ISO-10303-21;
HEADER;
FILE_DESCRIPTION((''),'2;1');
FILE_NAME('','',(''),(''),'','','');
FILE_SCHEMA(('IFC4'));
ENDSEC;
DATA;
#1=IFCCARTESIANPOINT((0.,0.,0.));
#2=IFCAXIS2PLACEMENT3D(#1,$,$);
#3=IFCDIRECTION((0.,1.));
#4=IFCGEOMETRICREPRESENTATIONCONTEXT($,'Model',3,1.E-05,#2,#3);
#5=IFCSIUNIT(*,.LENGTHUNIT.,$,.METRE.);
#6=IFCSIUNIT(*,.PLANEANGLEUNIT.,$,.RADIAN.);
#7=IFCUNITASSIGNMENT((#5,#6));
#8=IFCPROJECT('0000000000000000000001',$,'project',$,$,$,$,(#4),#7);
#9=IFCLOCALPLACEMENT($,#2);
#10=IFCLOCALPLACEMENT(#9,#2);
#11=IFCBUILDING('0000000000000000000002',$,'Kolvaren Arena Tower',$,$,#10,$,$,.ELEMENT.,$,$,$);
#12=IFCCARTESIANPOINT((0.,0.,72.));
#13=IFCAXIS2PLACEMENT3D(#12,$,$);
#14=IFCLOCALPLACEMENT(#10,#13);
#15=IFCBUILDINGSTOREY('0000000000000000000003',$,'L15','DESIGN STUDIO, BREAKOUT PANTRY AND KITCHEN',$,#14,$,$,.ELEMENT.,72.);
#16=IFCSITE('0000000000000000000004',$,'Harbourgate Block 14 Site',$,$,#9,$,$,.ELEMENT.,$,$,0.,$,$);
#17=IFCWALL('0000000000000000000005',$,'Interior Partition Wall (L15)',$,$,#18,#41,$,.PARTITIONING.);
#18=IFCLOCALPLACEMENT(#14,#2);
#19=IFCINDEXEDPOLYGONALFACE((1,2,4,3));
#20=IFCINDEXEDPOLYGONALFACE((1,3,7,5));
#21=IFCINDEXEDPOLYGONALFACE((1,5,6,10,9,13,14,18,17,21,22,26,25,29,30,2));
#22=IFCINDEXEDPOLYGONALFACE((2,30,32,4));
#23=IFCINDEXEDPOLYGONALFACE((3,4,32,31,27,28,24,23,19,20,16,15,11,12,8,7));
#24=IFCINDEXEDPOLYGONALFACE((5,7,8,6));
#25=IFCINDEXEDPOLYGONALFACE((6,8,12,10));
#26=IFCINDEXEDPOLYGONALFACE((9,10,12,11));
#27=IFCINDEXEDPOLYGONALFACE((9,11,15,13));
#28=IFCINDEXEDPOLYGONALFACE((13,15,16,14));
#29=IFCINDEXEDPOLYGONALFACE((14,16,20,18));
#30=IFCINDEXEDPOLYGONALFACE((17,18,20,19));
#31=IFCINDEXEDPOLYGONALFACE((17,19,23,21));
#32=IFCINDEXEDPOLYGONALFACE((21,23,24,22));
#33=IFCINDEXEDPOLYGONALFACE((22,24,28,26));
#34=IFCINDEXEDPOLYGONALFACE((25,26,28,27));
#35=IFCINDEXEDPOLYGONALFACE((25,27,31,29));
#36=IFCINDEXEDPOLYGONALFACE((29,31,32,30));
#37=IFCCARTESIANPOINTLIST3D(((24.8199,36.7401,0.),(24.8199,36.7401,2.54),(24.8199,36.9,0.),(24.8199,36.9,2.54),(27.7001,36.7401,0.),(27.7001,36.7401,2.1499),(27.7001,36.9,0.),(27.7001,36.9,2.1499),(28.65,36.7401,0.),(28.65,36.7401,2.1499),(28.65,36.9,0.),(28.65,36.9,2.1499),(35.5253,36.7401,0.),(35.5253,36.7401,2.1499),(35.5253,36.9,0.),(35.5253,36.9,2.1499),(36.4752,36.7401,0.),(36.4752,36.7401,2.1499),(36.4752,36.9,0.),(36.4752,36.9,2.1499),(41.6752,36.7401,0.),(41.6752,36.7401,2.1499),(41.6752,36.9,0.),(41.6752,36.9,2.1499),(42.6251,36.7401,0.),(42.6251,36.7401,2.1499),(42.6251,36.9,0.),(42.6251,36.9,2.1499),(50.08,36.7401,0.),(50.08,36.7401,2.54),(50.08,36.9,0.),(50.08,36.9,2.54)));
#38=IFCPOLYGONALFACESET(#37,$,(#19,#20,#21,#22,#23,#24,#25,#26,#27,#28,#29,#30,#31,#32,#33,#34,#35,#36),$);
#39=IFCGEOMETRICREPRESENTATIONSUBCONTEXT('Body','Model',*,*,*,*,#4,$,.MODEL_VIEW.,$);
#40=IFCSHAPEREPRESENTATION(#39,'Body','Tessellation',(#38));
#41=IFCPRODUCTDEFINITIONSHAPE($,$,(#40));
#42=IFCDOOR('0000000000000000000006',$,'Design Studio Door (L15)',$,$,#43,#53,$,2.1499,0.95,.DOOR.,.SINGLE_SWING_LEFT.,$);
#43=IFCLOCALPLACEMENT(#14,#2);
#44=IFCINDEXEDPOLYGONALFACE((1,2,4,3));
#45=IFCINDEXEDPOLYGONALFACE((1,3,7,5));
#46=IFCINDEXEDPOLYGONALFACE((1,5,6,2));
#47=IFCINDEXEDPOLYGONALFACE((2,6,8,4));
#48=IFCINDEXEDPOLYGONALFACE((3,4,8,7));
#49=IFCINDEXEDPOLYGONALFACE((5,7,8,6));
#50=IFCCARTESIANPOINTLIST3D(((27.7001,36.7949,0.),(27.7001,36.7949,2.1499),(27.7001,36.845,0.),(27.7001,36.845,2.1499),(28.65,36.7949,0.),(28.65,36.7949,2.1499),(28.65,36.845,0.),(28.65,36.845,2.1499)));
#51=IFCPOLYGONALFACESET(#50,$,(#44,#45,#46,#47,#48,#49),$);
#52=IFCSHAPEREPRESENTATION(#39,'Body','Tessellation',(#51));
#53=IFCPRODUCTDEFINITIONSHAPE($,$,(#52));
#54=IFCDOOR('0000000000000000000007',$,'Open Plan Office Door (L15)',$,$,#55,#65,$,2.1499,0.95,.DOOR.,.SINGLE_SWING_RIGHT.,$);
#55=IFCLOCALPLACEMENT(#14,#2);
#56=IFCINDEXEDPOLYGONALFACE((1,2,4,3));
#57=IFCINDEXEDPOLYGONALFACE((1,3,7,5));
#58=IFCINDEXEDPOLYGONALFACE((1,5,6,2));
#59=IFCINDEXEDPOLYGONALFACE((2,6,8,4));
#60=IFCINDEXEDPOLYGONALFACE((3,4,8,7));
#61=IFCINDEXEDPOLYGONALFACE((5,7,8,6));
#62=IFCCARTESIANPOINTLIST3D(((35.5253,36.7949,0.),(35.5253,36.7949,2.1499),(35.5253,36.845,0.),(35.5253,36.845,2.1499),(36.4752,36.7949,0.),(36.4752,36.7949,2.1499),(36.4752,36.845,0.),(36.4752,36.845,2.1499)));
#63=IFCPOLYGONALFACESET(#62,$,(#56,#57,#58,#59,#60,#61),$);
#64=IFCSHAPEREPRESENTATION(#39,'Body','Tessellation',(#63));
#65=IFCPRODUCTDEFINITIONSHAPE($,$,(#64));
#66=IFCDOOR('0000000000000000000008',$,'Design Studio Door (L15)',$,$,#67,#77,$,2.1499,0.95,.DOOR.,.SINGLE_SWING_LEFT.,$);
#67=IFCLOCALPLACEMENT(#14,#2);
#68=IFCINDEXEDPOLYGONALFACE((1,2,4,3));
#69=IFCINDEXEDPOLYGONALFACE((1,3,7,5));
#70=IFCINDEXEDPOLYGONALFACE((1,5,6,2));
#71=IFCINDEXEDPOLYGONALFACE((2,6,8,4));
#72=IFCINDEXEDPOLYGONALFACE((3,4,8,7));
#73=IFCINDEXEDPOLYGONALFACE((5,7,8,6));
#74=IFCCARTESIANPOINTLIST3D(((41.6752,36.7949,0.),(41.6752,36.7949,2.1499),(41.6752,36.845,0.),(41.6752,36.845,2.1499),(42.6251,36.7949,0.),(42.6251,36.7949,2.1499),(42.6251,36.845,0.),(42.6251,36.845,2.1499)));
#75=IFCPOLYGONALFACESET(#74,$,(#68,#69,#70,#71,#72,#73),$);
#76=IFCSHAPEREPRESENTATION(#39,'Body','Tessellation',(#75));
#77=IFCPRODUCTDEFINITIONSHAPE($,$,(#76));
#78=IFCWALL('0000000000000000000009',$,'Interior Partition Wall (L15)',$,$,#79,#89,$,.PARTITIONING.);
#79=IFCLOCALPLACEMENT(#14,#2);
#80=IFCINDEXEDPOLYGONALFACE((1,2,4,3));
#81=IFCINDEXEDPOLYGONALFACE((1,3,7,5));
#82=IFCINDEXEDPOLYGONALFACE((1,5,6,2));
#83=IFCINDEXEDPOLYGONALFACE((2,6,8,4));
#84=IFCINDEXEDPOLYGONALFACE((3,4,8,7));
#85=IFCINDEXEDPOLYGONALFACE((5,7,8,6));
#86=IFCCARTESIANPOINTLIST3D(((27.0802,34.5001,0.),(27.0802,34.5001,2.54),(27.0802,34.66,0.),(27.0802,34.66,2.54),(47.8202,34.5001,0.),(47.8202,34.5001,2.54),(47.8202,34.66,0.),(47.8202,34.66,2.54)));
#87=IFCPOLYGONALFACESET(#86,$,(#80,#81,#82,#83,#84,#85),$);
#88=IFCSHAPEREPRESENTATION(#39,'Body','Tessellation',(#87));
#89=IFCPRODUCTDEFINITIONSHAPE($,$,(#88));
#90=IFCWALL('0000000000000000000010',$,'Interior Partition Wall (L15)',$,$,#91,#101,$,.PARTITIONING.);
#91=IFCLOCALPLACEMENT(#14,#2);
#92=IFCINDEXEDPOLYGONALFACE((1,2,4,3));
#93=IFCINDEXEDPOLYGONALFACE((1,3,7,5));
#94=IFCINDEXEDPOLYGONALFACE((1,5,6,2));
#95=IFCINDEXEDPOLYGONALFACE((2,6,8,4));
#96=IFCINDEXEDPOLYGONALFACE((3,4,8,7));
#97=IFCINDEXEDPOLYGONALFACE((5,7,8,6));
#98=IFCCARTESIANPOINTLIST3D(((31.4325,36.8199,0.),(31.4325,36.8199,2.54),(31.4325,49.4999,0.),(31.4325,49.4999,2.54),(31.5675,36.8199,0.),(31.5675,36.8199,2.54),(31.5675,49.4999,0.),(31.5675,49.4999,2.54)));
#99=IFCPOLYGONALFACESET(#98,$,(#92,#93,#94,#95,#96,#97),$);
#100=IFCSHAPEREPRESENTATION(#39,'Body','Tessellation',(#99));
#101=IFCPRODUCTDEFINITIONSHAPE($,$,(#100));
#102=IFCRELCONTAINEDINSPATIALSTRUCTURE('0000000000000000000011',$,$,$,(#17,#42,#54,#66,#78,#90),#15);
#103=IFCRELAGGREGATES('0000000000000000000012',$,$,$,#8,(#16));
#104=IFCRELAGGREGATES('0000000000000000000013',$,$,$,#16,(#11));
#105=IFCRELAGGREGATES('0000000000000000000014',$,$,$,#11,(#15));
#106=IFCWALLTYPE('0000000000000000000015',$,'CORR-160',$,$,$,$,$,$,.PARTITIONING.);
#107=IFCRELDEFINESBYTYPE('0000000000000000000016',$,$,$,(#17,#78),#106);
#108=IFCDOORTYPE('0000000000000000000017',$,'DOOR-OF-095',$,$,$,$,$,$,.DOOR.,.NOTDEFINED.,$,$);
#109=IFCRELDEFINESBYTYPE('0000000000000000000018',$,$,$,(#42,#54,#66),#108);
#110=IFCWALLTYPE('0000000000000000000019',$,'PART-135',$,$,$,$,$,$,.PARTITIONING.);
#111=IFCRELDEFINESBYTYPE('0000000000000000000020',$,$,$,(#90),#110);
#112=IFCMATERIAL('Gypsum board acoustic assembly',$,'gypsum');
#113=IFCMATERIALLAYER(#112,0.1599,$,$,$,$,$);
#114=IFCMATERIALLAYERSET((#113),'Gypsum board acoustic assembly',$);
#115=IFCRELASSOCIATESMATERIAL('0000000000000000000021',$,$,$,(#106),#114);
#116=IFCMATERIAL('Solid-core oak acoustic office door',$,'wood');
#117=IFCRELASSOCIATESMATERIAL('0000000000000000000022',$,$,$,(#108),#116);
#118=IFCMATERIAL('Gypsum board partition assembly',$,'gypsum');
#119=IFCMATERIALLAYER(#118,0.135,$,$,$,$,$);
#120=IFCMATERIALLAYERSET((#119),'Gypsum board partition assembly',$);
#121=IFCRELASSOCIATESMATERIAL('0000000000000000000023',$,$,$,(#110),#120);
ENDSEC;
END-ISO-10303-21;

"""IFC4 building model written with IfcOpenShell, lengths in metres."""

from ifc_helpers import new_model, si_unit, direction, frame, frame_2d, origin, place, context, subcontext, project, spatial, rectangle, extrude, material, layer, layer_set, type_object, element, fill, save


model = new_model("IFC4")

# Units and contexts
model_context = context("Model", 3, precision=1e-05, world=origin(), true_north=direction((0.0, 1.0)))
body_context = subcontext(model_context, "Body", "Model", "MODEL_VIEW")
ifc_project = project(units=[si_unit("LENGTHUNIT", "METRE"), si_unit("PLANEANGLEUNIT", "RADIAN")], contexts=[model_context])

# Site, building, storey
site_placement = place(None, origin())
site = spatial("IfcSite", under=ifc_project, at=site_placement, Name="Harbourgate Block 14 Site", CompositionType="ELEMENT", RefElevation=0.0)
building_placement = place(site_placement, origin())
building = spatial("IfcBuilding", under=site, at=building_placement, Name="Kolvaren Arena Tower", CompositionType="ELEMENT")
storey_placement = place(building_placement, frame((0.0, 0.0, 72.0)))
storey = spatial("IfcBuildingStorey", under=building, at=storey_placement, Name="L15", Description="DESIGN STUDIO, BREAKOUT PANTRY AND KITCHEN", CompositionType="ELEMENT", Elevation=72.0)

# Shared definitions
ifc_material_1 = material(Name="Gypsum board acoustic assembly", Category="gypsum")
ifc_layer_1 = layer(ifc_material_1, 0.1599)
ifc_layer_set_1 = layer_set([ifc_layer_1], Name="Gypsum board acoustic assembly")
wall_type_1 = type_object("IfcWallType", Name="CORR-160", PredefinedType="PARTITIONING", material=ifc_layer_set_1)

# Wall, openings, doors
wall_1_placement = place(storey_placement, frame((24.8201, 36.8201, 0.0), z_axis=(0.0, 0.0, 1.0), x_axis=(1.0, 0.0, 0.0)))
wall_1 = element("IfcWall", 1, at=wall_1_placement, inside=storey, type_object=wall_type_1, Name="Interior Partition Wall (L15)", PredefinedType="PARTITIONING", context=body_context, shape_type="SweptSolid", body=[
    extrude(rectangle(XDim=25.26, YDim=0.1599, at=frame_2d((12.6299, 0.0))), origin(), (0.0, 0.0, 1.0), 2.54),
])
opening_1_placement = place(wall_1_placement, frame((2.8799, 0.0, 0.0)))
opening_1 = element("IfcOpeningElement", 2, at=opening_1_placement, cuts=wall_1, PredefinedType="OPENING", context=body_context, shape_type="SweptSolid", body=[
    extrude(rectangle(XDim=0.95, YDim=2.1499, at=frame_2d((0.4751, 1.075))), frame((0.0, 0.0898, 0.0), z_axis=(0.0, -1.0, 0.0), x_axis=(1.0, 0.0, 0.0)), (0.0, 0.0, 1.0), 0.1799),
])
opening_2_placement = place(wall_1_placement, frame((10.7051, 0.0, 0.0)))
opening_2 = element("IfcOpeningElement", 3, at=opening_2_placement, cuts=wall_1, PredefinedType="OPENING", context=body_context, shape_type="SweptSolid", body=[
    extrude(rectangle(XDim=0.95, YDim=2.1499, at=frame_2d((0.4751, 1.075))), frame((0.0, 0.0898, 0.0), z_axis=(0.0, -1.0, 0.0), x_axis=(1.0, 0.0, 0.0)), (0.0, 0.0, 1.0), 0.1799),
])
opening_3_placement = place(wall_1_placement, frame((16.855, 0.0, 0.0)))
opening_3 = element("IfcOpeningElement", 4, at=opening_3_placement, cuts=wall_1, PredefinedType="OPENING", context=body_context, shape_type="SweptSolid", body=[
    extrude(rectangle(XDim=0.95, YDim=2.1499, at=frame_2d((0.4751, 1.075))), frame((0.0, 0.0898, 0.0), z_axis=(0.0, -1.0, 0.0), x_axis=(1.0, 0.0, 0.0)), (0.0, 0.0, 1.0), 0.1799),
])
ifc_material_2 = material(Name="Solid-core oak acoustic office door", Category="wood")
door_type = type_object("IfcDoorType", Name="DOOR-OF-095", OperationType="NOTDEFINED", PredefinedType="DOOR", material=ifc_material_2)
door_1_placement = place(opening_1_placement, origin())
door_1 = element("IfcDoor", 5, at=door_1_placement, inside=storey, type_object=door_type, Name="Design Studio Door (L15)", OperationType="SINGLE_SWING_LEFT", OverallHeight=2.1499, OverallWidth=0.95, PredefinedType="DOOR", context=body_context, shape_type="SweptSolid", body=[
    extrude(rectangle(XDim=0.95, YDim=2.1499, at=frame_2d((0.4751, 1.075))), frame((0.0, 0.0249, 0.0), z_axis=(0.0, -1.0, 0.0), x_axis=(1.0, 0.0, 0.0)), (0.0, 0.0, 1.0), 0.05),
])
fill(opening_1, door_1)
door_2_placement = place(opening_2_placement, origin())
door_2 = element("IfcDoor", 6, at=door_2_placement, inside=storey, type_object=door_type, Name="Open Plan Office Door (L15)", OperationType="SINGLE_SWING_RIGHT", OverallHeight=2.1499, OverallWidth=0.95, PredefinedType="DOOR", context=body_context, shape_type="SweptSolid", body=[
    extrude(rectangle(XDim=0.95, YDim=2.1499, at=frame_2d((0.4751, 1.075))), frame((0.0, 0.0249, 0.0), z_axis=(0.0, -1.0, 0.0), x_axis=(1.0, 0.0, 0.0)), (0.0, 0.0, 1.0), 0.05),
])
fill(opening_2, door_2)
door_3_placement = place(opening_3_placement, origin())
door_3 = element("IfcDoor", 7, at=door_3_placement, inside=storey, type_object=door_type, Name="Design Studio Door (L15)", OperationType="SINGLE_SWING_LEFT", OverallHeight=2.1499, OverallWidth=0.95, PredefinedType="DOOR", context=body_context, shape_type="SweptSolid", body=[
    extrude(rectangle(XDim=0.95, YDim=2.1499, at=frame_2d((0.4751, 1.075))), frame((0.0, 0.0249, 0.0), z_axis=(0.0, -1.0, 0.0), x_axis=(1.0, 0.0, 0.0)), (0.0, 0.0, 1.0), 0.05),
])
fill(opening_3, door_3)

# Walls
wall_2_placement = place(storey_placement, frame((27.0801, 34.5801, 0.0), z_axis=(0.0, 0.0, 1.0), x_axis=(1.0, 0.0, 0.0)))
element("IfcWall", 8, at=wall_2_placement, inside=storey, type_object=wall_type_1, Name="Interior Partition Wall (L15)", PredefinedType="PARTITIONING", context=body_context, shape_type="SweptSolid", body=[
    extrude(rectangle(XDim=20.74, YDim=0.1599, at=frame_2d((10.3701, 0.0))), origin(), (0.0, 0.0, 1.0), 2.54),
])
ifc_material_3 = material(Name="Gypsum board partition assembly", Category="gypsum")
ifc_layer_2 = layer(ifc_material_3, 0.135)
ifc_layer_set_2 = layer_set([ifc_layer_2], Name="Gypsum board partition assembly")
wall_type_2 = type_object("IfcWallType", Name="PART-135", PredefinedType="PARTITIONING", material=ifc_layer_set_2)
wall_3_placement = place(storey_placement, frame((31.5, 36.8201, 0.0), z_axis=(0.0, 0.0, 1.0), x_axis=(0.0, 1.0, 0.0)))
element("IfcWall", 9, at=wall_3_placement, inside=storey, type_object=wall_type_2, Name="Interior Partition Wall (L15)", PredefinedType="PARTITIONING", context=body_context, shape_type="SweptSolid", body=[
    extrude(rectangle(XDim=12.6799, YDim=0.135, at=frame_2d((6.3398, 0.0))), origin(), (0.0, 0.0, 1.0), 2.54),
])

save(model, "model.ifc")
